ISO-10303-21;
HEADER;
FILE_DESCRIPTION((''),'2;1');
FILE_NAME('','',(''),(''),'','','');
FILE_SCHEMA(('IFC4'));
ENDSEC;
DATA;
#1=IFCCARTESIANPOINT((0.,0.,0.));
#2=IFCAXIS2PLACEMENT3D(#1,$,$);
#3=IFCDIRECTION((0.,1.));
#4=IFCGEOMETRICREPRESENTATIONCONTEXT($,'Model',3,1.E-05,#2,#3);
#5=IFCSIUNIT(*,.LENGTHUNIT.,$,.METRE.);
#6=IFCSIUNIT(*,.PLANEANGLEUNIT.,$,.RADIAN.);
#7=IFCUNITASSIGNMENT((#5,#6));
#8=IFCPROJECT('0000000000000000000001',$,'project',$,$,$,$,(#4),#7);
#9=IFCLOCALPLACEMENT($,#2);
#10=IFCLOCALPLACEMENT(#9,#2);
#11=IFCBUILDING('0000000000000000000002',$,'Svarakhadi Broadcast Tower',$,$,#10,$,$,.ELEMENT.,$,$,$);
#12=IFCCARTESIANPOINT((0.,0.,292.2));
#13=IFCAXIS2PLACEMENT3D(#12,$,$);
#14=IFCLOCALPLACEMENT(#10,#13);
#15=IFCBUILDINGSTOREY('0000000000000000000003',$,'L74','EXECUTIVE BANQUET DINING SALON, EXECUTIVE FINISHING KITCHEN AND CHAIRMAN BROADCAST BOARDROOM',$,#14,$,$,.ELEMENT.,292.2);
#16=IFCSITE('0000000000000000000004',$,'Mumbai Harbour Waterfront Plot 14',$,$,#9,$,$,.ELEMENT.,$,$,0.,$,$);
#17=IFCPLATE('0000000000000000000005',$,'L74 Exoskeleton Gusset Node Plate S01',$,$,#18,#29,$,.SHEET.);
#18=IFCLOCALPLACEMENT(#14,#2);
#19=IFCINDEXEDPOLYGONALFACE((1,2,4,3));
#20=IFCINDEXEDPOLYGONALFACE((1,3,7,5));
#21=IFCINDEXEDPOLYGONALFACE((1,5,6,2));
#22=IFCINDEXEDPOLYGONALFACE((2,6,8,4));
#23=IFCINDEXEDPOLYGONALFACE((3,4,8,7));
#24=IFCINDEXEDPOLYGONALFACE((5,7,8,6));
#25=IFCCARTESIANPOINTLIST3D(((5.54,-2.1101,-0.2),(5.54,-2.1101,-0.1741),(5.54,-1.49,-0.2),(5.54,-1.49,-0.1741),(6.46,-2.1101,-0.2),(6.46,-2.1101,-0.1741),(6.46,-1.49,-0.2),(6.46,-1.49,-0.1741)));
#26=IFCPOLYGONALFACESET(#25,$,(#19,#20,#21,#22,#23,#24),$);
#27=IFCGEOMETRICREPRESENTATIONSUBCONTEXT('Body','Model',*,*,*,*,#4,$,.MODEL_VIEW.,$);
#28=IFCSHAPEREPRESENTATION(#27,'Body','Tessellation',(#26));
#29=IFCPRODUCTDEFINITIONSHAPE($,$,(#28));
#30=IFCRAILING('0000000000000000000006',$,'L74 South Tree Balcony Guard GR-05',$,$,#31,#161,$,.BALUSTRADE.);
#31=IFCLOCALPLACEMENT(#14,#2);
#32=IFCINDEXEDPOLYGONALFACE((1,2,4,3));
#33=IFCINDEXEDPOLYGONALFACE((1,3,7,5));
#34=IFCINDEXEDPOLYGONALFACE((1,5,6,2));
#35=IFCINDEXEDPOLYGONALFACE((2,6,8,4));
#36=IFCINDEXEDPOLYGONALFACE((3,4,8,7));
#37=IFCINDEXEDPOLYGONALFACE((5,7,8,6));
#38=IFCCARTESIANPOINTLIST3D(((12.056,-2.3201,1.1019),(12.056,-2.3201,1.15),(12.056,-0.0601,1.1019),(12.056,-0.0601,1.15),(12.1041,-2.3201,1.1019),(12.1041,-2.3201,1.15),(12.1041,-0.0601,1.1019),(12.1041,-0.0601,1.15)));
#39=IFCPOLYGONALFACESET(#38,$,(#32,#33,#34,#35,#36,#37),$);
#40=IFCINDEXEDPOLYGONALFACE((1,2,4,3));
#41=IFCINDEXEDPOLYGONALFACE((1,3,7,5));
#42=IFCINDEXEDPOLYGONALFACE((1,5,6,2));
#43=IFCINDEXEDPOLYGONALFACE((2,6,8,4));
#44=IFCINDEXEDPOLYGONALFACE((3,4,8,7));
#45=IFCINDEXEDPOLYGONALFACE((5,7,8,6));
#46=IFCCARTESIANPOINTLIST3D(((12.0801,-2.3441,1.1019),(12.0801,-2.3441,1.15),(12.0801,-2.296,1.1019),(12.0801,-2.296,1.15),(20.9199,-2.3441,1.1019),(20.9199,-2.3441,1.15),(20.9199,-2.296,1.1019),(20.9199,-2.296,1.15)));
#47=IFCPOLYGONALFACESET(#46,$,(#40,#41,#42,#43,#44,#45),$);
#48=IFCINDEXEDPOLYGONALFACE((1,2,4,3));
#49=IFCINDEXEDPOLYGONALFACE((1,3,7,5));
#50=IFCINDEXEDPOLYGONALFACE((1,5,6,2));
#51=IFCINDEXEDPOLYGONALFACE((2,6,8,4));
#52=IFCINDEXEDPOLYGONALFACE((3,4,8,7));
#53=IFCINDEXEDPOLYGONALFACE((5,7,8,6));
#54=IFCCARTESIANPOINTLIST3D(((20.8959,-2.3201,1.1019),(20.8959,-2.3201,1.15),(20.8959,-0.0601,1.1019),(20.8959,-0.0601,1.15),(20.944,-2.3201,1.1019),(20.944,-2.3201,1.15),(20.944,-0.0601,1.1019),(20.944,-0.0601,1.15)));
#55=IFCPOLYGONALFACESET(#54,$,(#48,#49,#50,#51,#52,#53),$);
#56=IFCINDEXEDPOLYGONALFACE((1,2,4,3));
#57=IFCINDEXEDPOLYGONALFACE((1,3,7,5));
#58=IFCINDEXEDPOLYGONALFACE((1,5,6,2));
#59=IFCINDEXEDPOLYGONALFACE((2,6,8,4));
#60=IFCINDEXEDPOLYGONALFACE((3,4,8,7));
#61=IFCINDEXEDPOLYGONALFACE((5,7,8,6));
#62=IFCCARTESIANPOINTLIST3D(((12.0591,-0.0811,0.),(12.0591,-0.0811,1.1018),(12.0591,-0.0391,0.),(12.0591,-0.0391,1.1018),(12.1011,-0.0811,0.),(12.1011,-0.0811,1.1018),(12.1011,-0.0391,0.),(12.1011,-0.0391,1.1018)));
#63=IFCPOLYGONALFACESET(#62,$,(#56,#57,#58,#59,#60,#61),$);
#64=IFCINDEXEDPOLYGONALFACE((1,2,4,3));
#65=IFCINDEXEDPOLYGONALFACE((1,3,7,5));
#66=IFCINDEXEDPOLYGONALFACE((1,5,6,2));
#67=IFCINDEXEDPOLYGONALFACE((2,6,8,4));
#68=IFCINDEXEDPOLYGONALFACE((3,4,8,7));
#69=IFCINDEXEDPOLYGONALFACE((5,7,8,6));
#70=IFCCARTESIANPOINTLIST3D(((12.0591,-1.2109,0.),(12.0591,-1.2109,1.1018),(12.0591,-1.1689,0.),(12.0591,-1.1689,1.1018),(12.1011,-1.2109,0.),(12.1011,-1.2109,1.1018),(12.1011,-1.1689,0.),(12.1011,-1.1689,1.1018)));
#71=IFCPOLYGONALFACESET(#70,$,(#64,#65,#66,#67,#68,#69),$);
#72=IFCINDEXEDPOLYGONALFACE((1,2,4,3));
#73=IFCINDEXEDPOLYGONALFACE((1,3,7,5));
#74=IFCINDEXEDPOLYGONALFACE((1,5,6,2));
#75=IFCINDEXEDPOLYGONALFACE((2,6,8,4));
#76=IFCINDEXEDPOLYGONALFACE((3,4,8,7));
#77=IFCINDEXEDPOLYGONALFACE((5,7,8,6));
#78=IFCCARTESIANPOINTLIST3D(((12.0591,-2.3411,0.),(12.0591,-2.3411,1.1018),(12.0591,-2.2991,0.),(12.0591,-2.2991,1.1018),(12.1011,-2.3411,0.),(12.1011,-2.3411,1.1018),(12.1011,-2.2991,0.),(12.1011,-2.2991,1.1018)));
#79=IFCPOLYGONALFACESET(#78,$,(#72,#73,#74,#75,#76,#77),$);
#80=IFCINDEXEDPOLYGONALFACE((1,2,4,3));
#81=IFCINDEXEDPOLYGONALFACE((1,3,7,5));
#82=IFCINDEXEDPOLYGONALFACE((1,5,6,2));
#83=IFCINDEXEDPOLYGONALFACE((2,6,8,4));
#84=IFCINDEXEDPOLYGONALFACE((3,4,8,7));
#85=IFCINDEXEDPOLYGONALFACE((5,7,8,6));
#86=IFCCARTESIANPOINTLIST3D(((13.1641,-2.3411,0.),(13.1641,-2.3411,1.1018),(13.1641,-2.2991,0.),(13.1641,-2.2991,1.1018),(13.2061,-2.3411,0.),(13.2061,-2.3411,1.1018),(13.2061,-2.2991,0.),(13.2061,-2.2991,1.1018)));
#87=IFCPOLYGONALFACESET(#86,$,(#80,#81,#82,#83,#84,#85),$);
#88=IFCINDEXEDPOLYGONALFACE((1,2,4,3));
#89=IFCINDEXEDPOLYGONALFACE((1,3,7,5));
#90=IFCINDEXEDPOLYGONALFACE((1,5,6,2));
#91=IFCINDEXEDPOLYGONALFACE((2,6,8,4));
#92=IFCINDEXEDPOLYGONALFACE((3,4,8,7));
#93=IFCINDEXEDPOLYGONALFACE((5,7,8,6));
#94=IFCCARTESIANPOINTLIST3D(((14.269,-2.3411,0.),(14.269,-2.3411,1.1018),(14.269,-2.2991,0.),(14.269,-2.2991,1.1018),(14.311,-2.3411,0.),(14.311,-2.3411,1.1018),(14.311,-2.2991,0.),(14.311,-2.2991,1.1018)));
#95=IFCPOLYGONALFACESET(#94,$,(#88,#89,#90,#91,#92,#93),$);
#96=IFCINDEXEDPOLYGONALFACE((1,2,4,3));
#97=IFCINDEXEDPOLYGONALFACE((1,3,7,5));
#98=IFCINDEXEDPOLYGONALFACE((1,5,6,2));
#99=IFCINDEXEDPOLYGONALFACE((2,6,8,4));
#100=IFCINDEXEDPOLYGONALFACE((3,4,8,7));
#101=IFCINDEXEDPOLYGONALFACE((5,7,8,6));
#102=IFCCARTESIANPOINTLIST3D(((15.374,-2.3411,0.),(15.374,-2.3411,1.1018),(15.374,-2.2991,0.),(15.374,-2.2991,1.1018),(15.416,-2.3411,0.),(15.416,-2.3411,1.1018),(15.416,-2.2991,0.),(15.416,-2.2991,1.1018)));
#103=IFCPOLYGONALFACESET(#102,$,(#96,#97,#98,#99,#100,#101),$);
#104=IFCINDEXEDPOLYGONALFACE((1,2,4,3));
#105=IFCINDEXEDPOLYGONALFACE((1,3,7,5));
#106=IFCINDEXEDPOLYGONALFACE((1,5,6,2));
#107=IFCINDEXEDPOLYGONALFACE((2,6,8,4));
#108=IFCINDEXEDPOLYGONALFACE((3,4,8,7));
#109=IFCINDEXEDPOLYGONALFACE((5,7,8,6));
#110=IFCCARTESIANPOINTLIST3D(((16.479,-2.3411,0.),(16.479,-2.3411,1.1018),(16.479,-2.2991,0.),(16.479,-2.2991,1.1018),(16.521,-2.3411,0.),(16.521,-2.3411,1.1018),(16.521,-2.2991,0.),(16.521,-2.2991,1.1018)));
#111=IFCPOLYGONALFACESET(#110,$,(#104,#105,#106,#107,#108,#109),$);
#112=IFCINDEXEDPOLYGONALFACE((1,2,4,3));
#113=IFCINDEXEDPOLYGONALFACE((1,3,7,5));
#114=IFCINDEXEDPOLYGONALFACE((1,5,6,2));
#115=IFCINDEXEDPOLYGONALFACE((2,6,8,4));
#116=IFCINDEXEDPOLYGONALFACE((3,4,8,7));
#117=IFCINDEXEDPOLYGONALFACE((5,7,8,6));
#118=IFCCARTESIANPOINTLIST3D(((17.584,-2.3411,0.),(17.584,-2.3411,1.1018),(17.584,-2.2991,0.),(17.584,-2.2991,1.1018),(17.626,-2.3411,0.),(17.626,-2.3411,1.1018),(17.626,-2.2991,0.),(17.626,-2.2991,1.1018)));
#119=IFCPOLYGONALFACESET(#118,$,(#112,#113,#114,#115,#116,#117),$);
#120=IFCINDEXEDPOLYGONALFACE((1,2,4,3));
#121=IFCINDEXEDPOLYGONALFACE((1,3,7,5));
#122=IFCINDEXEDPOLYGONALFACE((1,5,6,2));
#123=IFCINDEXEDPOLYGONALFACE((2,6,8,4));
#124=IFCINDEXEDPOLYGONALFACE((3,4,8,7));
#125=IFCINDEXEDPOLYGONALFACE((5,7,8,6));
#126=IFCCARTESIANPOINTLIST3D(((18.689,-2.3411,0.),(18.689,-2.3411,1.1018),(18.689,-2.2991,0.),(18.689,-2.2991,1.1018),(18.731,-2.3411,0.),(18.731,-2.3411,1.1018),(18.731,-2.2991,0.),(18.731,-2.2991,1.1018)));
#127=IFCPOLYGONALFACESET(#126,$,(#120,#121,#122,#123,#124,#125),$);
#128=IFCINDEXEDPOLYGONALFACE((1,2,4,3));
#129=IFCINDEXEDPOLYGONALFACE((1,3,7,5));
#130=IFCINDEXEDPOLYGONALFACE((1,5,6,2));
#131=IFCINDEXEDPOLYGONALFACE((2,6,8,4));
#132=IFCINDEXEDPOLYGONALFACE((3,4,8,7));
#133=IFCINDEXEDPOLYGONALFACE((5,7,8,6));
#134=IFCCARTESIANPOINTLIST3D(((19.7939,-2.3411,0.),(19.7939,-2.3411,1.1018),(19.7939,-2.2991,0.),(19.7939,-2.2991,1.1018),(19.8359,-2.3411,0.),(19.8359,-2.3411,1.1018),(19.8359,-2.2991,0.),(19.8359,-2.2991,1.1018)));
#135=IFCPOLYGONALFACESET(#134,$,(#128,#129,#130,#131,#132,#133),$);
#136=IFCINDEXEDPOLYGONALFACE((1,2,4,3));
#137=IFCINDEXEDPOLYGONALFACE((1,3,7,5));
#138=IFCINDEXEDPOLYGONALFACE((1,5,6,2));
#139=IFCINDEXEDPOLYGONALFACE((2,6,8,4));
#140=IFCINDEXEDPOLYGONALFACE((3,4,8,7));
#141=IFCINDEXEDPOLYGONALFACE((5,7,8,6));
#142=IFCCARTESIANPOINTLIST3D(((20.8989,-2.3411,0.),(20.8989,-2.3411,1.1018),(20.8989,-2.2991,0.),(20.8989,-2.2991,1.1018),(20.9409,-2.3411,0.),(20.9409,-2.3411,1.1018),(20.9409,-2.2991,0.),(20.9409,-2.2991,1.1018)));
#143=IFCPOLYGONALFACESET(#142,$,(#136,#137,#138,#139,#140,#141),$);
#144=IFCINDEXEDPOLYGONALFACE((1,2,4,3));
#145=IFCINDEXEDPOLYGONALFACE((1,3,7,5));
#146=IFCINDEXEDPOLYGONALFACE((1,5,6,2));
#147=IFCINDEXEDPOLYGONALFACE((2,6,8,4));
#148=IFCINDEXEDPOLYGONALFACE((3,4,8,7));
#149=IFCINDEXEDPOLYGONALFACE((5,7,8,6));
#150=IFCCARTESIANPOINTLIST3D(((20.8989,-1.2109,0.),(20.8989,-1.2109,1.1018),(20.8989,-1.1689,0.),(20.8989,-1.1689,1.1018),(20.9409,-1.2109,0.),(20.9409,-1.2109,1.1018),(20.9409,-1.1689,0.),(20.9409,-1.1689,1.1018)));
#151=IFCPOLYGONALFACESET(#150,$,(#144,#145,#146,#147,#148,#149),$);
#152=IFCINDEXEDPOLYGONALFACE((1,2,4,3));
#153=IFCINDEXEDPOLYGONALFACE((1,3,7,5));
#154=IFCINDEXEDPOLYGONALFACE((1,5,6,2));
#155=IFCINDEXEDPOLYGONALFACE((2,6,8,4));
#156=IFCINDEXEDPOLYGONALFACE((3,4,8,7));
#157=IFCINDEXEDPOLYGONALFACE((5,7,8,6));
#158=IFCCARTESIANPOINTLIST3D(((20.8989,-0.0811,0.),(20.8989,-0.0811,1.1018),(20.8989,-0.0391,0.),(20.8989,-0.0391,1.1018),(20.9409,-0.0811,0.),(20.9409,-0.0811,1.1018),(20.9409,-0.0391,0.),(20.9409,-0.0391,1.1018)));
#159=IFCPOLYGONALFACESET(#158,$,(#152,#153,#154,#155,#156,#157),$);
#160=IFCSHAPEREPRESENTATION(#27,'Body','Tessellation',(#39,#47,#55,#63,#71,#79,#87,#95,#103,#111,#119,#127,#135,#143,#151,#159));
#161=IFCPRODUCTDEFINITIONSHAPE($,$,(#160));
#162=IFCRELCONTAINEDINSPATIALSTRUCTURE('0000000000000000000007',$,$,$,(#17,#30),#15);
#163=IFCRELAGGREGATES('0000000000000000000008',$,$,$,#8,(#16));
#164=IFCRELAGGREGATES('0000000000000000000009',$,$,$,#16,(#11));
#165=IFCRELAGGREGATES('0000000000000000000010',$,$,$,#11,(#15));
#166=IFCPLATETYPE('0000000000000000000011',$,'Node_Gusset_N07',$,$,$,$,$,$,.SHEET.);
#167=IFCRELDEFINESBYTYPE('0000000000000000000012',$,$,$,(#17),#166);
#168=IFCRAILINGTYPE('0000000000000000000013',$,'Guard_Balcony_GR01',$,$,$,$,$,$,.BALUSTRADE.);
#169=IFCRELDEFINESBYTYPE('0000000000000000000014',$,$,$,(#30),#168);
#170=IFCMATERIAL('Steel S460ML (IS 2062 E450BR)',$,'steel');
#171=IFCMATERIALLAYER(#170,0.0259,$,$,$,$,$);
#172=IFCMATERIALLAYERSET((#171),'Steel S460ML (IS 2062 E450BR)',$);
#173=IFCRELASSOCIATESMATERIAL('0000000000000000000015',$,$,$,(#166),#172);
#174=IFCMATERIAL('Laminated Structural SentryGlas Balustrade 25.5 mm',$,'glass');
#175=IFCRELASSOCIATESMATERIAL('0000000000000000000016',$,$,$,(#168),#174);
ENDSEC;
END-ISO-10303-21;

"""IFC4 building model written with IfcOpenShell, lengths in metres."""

from ifc_helpers import new_model, si_unit, direction, frame, origin, origin_2d, place, context, subcontext, project, spatial, rectangle, extrude, material, layer, layer_set, type_object, element, save


model = new_model("IFC4")

# Units and contexts
model_context = context("Model", 3, precision=1e-05, world=origin(), true_north=direction((0.0, 1.0)))
body_context = subcontext(model_context, "Body", "Model", "MODEL_VIEW")
ifc_project = project(units=[si_unit("LENGTHUNIT", "METRE"), si_unit("PLANEANGLEUNIT", "RADIAN")], contexts=[model_context])

# Site, building, storey
site_placement = place(None, origin())
site = spatial("IfcSite", under=ifc_project, at=site_placement, Name="Mumbai Harbour Waterfront Plot 14", CompositionType="ELEMENT", RefElevation=0.0)
building_placement = place(site_placement, origin())
building = spatial("IfcBuilding", under=site, at=building_placement, Name="Svarakhadi Broadcast Tower", CompositionType="ELEMENT")
storey_placement = place(building_placement, frame((0.0, 0.0, 292.2)))
storey = spatial("IfcBuildingStorey", under=building, at=storey_placement, Name="L74", Description="EXECUTIVE BANQUET DINING SALON, EXECUTIVE FINISHING KITCHEN AND CHAIRMAN BROADCAST BOARDROOM", CompositionType="ELEMENT", Elevation=292.2)

# Shared definitions
ifc_material_1 = material(Name="Steel S460ML (IS 2062 E450BR)", Category="steel")

# Plate
ifc_layer_1 = layer(ifc_material_1, 0.0259)
ifc_layer_set_1 = layer_set([ifc_layer_1], Name="Steel S460ML (IS 2062 E450BR)")
plate_type_1 = type_object("IfcPlateType", Name="Node_Gusset_N07", PredefinedType="SHEET", material=ifc_layer_set_1)
plate_1_placement = place(storey_placement, frame((6.0, -1.8, -0.2), z_axis=(0.0, 0.0, 1.0), x_axis=(1.0, 0.0, 0.0)))
element("IfcPlate", 1, at=plate_1_placement, inside=storey, type_object=plate_type_1, Name="L74 Exoskeleton Gusset Node Plate S01", PredefinedType="SHEET", context=body_context, shape_type="SweptSolid", body=[
    extrude(rectangle(XDim=0.9199, YDim=0.6201, at=origin_2d()), origin(), (0.0, 0.0, 1.0), 0.0259),
])

# Railing
ifc_material_2 = material(Name="Laminated Structural SentryGlas Balustrade 25.5 mm", Category="glass")
railing_type = type_object("IfcRailingType", Name="Guard_Balcony_GR01", PredefinedType="BALUSTRADE", material=ifc_material_2)
railing_placement = place(storey_placement, frame((12.0801, -0.0601, 0.0)))
element("IfcRailing", 2, at=railing_placement, inside=storey, type_object=railing_type, Name="L74 South Tree Balcony Guard GR-05", PredefinedType="BALUSTRADE", context=body_context, shape_type="SweptSolid", body=[
    extrude(rectangle(XDim=0.0481, YDim=0.0481, at=origin_2d()), frame((0.0, 0.0, 1.126), z_axis=(0.0, -1.0, 0.0), x_axis=(1.0, 0.0, 0.0)), (0.0, 0.0, 1.0), 2.26),
    extrude(rectangle(XDim=0.0481, YDim=0.0481, at=origin_2d()), frame((0.0, -2.26, 1.126), z_axis=(1.0, 0.0, 0.0), x_axis=(0.0, 1.0, 0.0)), (0.0, 0.0, 1.0), 8.8398),
    extrude(rectangle(XDim=0.0481, YDim=0.0481, at=origin_2d()), frame((8.8398, -2.26, 1.126), z_axis=(0.0, 1.0, 0.0), x_axis=(-1.0, 0.0, 0.0)), (0.0, 0.0, 1.0), 2.26),
    extrude(rectangle(XDim=0.042, YDim=0.042, at=origin_2d()), origin(), (0.0, 0.0, 1.0), 1.1018),
    extrude(rectangle(XDim=0.042, YDim=0.042, at=origin_2d()), frame((0.0, -1.1299, 0.0)), (0.0, 0.0, 1.0), 1.1018),
    extrude(rectangle(XDim=0.042, YDim=0.042, at=origin_2d()), frame((0.0, -2.26, 0.0)), (0.0, 0.0, 1.0), 1.1018),
    extrude(rectangle(XDim=0.042, YDim=0.042, at=origin_2d()), frame((1.105, -2.26, 0.0)), (0.0, 0.0, 1.0), 1.1018),
    extrude(rectangle(XDim=0.042, YDim=0.042, at=origin_2d()), frame((2.21, -2.26, 0.0)), (0.0, 0.0, 1.0), 1.1018),
    extrude(rectangle(XDim=0.042, YDim=0.042, at=origin_2d()), frame((3.3149, -2.26, 0.0)), (0.0, 0.0, 1.0), 1.1018),
    extrude(rectangle(XDim=0.042, YDim=0.042, at=origin_2d()), frame((4.4199, -2.26, 0.0)), (0.0, 0.0, 1.0), 1.1018),
    extrude(rectangle(XDim=0.042, YDim=0.042, at=origin_2d()), frame((5.5249, -2.26, 0.0)), (0.0, 0.0, 1.0), 1.1018),
    extrude(rectangle(XDim=0.042, YDim=0.042, at=origin_2d()), frame((6.6299, -2.26, 0.0)), (0.0, 0.0, 1.0), 1.1018),
    extrude(rectangle(XDim=0.042, YDim=0.042, at=origin_2d()), frame((7.7349, -2.26, 0.0)), (0.0, 0.0, 1.0), 1.1018),
    extrude(rectangle(XDim=0.042, YDim=0.042, at=origin_2d()), frame((8.8398, -2.26, 0.0)), (0.0, 0.0, 1.0), 1.1018),
    extrude(rectangle(XDim=0.042, YDim=0.042, at=origin_2d()), frame((8.8398, -1.1299, 0.0)), (0.0, 0.0, 1.0), 1.1018),
    extrude(rectangle(XDim=0.042, YDim=0.042, at=origin_2d()), frame((8.8398, 0.0, 0.0)), (0.0, 0.0, 1.0), 1.1018),
])

save(model, "model.ifc")
